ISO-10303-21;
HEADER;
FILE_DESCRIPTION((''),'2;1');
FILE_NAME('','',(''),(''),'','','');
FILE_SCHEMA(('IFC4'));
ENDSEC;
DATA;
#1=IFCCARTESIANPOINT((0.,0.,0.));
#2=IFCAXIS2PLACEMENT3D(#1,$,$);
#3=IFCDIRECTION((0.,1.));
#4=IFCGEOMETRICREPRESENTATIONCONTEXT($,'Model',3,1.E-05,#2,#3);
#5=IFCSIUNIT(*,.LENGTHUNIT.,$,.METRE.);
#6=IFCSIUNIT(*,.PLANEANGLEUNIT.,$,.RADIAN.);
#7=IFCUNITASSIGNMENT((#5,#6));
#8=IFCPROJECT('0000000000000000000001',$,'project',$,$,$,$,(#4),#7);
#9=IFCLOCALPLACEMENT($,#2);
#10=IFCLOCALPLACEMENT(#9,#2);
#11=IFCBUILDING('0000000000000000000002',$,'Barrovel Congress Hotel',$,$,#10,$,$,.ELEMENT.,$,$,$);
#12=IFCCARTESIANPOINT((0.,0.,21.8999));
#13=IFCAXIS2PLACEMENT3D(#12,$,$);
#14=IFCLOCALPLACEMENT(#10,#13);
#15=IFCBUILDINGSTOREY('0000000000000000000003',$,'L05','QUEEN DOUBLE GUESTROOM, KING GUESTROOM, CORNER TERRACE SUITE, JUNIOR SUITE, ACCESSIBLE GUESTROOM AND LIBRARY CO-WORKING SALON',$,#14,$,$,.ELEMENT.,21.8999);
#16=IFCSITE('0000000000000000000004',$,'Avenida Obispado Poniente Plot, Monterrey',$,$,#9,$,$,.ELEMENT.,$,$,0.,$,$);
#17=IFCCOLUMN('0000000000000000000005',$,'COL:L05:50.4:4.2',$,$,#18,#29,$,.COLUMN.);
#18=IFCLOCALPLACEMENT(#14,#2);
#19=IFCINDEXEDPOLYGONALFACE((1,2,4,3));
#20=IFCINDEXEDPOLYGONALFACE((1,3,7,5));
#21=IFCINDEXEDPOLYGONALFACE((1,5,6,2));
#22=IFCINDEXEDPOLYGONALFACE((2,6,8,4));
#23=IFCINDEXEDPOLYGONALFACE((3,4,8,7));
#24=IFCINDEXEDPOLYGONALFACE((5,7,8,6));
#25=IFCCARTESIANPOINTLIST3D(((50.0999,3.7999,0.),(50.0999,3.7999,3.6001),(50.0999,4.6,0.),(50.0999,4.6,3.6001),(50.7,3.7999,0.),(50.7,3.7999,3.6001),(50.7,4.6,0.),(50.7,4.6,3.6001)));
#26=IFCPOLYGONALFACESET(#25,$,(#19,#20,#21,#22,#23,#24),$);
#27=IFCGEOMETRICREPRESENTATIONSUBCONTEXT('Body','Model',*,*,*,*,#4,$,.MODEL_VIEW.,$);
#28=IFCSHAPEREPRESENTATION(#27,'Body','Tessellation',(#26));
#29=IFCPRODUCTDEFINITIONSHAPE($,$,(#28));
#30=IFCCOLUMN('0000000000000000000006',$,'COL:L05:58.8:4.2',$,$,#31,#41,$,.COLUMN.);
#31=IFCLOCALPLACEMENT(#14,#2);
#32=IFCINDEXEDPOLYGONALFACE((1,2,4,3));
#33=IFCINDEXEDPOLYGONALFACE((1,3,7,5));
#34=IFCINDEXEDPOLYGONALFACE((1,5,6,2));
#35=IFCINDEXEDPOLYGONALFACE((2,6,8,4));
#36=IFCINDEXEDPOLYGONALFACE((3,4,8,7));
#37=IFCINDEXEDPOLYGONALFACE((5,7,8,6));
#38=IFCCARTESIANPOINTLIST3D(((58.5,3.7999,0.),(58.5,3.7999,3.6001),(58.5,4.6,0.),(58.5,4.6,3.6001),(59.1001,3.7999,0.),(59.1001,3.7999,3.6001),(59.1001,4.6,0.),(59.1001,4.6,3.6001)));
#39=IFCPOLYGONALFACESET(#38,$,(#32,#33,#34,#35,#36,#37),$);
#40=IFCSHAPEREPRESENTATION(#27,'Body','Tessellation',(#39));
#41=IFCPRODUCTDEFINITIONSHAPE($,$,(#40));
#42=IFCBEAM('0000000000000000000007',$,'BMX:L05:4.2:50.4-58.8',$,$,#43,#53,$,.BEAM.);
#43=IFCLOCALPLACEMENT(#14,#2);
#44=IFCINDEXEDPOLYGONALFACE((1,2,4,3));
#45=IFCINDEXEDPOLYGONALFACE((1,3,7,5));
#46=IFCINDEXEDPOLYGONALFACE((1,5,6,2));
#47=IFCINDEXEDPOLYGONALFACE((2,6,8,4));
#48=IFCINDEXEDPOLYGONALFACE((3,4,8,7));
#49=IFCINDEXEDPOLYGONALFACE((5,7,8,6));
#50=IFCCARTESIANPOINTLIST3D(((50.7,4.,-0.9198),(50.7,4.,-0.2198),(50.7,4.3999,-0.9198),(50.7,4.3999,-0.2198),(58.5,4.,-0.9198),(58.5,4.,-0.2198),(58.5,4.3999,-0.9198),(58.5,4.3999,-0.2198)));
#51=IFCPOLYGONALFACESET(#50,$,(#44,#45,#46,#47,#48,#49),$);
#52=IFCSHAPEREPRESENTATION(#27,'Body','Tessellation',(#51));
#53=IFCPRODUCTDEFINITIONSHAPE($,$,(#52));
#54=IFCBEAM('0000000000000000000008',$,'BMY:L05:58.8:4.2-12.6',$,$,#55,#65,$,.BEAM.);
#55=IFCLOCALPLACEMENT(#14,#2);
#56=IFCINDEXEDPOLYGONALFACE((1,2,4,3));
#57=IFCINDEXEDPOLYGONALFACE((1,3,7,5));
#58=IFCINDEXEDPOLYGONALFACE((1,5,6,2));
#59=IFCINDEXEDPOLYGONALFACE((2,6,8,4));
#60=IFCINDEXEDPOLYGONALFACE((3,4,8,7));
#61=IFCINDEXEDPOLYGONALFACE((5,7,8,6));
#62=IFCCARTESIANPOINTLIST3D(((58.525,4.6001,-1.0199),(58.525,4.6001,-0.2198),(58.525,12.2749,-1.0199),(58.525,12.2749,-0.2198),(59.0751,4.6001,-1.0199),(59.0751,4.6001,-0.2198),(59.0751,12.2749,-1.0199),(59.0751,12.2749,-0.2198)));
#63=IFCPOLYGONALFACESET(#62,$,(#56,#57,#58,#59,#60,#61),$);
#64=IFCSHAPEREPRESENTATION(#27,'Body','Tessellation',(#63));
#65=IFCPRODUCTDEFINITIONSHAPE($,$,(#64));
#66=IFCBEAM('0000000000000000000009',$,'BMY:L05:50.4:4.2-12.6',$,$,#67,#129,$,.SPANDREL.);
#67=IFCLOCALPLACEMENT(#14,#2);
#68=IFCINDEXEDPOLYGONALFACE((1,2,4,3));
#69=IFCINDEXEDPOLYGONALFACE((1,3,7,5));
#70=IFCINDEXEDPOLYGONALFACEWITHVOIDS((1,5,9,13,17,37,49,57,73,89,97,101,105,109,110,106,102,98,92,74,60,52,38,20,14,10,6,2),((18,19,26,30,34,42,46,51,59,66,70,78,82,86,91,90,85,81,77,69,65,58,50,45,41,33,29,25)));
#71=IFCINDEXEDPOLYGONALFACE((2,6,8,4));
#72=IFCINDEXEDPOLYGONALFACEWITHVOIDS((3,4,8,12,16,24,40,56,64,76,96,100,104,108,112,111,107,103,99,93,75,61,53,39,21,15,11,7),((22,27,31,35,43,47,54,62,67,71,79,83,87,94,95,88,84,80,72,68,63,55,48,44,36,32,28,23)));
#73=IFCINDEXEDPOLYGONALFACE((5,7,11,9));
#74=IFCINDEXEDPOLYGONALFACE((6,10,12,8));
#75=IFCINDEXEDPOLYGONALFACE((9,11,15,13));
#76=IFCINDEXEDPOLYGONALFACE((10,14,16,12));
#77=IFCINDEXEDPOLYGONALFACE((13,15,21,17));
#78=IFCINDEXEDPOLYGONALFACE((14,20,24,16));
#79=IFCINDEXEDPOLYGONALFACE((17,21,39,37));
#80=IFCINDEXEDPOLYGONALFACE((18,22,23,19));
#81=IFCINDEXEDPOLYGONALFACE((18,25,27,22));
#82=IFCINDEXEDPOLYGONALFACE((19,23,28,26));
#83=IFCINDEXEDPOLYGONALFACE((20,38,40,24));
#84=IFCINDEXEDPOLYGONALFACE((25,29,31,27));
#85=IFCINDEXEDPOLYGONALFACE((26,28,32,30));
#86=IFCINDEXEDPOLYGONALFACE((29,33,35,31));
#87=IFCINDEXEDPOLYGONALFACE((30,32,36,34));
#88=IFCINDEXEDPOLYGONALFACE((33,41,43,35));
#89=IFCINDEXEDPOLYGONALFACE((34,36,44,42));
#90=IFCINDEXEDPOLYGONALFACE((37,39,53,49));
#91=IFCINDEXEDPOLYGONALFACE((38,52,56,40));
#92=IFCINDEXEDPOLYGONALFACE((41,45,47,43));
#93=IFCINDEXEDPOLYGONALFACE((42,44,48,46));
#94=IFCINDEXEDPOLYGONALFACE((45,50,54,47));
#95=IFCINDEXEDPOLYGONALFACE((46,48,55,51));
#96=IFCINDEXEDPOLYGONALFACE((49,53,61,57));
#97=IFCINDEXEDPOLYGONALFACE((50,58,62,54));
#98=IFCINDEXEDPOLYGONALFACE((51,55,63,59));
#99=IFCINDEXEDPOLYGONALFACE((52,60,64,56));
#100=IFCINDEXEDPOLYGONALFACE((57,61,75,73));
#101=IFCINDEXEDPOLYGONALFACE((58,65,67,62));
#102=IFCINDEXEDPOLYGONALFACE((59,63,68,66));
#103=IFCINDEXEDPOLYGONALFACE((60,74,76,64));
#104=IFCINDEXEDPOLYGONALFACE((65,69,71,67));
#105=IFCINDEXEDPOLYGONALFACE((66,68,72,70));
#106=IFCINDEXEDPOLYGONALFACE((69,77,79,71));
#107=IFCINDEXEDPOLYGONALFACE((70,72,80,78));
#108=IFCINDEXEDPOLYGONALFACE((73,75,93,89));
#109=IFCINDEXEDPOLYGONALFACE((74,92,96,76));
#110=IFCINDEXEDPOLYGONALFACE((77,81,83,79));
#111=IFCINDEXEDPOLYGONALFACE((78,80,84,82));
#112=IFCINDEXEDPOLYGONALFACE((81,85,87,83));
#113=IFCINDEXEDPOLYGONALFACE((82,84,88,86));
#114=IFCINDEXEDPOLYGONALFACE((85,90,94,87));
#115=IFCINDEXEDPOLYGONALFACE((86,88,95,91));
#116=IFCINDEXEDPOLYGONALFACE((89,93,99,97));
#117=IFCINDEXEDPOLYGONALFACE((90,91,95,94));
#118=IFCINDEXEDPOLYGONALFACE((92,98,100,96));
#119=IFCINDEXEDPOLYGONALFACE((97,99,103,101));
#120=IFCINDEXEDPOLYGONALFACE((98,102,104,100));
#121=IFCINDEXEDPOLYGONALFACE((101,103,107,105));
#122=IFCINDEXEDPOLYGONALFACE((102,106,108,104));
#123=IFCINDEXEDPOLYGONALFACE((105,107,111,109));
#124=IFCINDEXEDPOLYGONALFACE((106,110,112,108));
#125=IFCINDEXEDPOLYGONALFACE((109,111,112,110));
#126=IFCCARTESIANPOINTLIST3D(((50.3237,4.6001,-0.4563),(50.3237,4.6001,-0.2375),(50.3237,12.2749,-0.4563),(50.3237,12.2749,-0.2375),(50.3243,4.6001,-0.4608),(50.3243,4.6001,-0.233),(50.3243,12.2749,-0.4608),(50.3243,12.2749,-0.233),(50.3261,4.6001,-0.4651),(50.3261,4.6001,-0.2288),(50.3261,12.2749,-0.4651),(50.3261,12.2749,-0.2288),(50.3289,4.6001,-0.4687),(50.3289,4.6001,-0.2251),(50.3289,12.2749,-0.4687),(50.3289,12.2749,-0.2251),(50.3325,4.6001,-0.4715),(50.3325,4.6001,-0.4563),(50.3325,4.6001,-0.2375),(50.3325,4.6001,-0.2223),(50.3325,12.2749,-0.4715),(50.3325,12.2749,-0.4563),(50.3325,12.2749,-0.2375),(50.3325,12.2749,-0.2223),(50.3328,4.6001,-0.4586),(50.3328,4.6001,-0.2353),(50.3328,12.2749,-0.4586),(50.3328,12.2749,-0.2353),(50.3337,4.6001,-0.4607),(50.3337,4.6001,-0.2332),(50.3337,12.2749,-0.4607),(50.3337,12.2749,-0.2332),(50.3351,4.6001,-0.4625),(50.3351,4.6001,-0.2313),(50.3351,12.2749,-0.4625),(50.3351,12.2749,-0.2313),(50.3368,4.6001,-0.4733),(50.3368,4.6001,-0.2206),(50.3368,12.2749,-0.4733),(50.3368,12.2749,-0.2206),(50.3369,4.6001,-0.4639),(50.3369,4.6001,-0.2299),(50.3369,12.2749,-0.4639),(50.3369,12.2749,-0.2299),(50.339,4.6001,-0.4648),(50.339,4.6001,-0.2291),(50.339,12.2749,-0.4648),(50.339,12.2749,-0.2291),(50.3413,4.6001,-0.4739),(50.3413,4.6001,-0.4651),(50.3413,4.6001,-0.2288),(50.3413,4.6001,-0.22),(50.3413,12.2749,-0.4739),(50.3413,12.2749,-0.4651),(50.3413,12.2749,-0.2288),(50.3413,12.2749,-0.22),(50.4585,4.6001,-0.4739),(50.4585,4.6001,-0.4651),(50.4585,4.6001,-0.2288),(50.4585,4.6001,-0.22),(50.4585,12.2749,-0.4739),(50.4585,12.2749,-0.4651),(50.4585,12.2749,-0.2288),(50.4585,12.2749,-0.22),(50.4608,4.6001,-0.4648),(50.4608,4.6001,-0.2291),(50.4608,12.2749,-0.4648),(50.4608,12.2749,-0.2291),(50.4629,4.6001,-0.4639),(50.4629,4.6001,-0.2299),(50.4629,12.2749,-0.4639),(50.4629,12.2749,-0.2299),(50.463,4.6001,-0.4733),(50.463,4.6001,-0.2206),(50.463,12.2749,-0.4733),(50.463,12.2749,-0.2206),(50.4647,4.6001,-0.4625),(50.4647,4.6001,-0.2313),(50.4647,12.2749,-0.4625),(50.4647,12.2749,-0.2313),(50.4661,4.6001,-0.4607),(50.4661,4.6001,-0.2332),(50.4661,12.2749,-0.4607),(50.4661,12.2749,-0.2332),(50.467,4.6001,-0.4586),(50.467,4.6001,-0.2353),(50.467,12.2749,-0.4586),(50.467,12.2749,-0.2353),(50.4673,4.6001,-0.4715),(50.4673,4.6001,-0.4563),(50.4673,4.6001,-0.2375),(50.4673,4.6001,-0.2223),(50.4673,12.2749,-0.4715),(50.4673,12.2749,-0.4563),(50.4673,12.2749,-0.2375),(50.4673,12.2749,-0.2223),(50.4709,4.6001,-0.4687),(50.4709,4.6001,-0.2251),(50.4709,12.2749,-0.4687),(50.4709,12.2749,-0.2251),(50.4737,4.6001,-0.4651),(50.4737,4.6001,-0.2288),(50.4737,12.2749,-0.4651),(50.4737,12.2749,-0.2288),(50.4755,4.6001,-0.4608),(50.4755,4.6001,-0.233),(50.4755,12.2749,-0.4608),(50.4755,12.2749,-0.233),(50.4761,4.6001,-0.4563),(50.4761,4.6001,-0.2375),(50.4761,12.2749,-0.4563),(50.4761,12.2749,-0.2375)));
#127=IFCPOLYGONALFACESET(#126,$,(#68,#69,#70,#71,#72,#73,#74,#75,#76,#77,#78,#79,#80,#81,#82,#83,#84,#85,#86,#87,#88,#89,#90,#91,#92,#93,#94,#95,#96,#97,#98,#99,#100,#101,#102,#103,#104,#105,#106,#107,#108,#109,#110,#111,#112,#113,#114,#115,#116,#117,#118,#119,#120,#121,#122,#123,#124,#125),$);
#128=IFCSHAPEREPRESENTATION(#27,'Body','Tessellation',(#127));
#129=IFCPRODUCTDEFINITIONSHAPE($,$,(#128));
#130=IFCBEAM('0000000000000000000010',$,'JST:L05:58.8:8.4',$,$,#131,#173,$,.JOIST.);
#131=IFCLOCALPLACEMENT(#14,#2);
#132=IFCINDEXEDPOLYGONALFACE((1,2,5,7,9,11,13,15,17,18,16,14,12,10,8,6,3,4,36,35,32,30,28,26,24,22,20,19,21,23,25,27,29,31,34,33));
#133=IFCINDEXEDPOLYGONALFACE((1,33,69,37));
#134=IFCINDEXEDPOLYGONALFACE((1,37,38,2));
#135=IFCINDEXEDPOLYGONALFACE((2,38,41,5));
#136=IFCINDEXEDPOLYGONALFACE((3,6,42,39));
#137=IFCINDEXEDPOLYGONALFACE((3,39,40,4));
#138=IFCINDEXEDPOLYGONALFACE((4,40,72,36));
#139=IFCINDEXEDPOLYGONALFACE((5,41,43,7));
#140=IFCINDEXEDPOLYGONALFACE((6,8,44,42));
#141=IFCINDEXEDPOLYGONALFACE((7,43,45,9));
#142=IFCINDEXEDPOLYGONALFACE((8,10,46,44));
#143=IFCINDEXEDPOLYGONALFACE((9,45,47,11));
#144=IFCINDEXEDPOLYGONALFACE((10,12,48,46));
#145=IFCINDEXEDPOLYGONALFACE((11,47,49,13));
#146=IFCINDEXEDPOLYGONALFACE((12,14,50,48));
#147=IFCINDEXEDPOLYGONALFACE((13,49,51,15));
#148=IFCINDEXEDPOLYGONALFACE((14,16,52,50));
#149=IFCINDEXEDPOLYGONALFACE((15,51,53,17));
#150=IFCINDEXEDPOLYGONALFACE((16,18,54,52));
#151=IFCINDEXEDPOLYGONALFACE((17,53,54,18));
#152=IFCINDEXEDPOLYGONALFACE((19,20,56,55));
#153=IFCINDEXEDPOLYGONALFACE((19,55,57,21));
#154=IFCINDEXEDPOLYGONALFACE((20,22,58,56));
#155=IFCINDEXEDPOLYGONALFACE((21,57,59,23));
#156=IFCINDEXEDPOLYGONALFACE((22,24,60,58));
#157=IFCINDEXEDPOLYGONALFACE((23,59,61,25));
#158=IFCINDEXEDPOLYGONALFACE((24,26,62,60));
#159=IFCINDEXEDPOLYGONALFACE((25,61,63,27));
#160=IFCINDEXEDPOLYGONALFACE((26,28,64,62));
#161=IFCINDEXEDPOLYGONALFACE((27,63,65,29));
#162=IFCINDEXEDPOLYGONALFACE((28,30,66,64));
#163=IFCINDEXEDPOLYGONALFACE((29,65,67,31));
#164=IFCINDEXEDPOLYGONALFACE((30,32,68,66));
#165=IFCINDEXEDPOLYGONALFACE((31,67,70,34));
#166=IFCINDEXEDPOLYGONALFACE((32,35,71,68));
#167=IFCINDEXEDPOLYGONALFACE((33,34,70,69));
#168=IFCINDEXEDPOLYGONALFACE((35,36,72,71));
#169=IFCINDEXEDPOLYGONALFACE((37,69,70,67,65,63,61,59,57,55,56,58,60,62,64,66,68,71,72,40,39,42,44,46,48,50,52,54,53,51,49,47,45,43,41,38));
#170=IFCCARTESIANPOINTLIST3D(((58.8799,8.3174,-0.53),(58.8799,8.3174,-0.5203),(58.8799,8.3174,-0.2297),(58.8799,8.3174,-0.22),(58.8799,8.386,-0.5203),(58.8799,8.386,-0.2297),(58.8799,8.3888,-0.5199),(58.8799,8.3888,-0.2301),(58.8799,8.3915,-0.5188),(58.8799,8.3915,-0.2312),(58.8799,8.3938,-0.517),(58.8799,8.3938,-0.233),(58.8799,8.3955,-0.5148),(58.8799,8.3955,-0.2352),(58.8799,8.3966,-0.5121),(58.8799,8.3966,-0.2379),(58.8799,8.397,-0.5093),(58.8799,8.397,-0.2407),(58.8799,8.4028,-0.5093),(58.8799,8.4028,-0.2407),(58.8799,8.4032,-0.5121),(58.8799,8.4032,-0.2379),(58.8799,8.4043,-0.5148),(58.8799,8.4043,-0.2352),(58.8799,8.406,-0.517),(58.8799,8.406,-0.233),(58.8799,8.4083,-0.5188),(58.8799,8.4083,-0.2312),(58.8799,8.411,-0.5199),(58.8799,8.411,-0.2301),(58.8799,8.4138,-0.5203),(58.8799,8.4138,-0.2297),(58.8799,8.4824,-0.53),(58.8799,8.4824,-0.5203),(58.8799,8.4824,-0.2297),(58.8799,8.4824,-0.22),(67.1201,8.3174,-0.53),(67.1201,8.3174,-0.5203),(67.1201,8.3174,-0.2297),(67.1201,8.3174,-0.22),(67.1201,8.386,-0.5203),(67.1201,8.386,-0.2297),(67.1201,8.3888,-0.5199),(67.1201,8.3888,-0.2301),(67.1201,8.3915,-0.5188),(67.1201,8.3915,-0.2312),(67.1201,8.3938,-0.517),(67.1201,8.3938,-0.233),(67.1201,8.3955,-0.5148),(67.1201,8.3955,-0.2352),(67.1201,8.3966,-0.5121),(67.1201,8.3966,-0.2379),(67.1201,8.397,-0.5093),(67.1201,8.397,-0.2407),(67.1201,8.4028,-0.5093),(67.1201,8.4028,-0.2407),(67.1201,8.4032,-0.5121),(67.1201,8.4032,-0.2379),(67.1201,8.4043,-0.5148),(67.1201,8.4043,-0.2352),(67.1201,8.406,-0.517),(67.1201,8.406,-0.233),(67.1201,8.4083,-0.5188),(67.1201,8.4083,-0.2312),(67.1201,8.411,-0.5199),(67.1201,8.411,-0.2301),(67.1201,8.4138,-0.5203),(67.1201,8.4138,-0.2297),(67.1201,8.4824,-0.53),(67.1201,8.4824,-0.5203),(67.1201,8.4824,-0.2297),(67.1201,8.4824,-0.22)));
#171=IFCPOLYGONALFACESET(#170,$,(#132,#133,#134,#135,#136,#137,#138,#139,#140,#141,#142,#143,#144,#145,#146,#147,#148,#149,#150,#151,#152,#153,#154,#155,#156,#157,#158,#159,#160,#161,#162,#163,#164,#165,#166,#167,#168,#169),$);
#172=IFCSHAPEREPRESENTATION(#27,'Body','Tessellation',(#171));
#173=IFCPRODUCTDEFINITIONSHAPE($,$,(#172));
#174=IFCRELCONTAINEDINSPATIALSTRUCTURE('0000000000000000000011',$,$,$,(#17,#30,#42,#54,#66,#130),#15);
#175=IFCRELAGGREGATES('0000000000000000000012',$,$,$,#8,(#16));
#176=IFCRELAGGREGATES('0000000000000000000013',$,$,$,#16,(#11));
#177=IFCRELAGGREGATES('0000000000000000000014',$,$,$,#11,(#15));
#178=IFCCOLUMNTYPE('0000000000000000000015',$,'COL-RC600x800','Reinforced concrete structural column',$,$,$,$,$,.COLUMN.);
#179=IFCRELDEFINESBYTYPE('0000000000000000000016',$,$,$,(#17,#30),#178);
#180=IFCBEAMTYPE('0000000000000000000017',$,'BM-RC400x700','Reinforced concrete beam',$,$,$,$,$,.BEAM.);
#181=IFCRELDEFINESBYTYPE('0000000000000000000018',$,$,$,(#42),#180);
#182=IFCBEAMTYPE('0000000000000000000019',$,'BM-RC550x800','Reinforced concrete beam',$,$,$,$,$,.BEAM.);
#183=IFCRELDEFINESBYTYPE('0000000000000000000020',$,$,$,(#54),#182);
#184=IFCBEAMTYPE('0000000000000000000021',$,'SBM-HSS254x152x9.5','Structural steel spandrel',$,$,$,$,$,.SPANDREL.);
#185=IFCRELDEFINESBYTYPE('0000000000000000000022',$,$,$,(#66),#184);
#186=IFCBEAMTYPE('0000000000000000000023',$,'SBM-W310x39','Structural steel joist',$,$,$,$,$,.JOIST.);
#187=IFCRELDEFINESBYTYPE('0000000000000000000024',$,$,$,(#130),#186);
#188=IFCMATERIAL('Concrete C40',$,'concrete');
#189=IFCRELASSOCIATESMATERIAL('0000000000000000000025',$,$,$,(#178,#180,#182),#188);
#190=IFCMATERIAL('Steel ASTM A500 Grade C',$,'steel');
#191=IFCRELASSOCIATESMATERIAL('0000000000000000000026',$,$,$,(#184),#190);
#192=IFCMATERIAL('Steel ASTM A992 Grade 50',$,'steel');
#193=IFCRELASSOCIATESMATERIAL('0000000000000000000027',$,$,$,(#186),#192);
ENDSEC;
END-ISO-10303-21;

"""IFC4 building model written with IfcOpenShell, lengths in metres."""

from ifc_helpers import new_model, si_unit, direction, frame, origin, origin_2d, place, context, subcontext, project, spatial, rectangle, hollow_rectangle, i_section, extrude, material, material_profile, profile_set, type_object, element, save


model = new_model("IFC4")

# Units and contexts
model_context = context("Model", 3, precision=1e-05, world=origin(), true_north=direction((0.0, 1.0)))
body_context = subcontext(model_context, "Body", "Model", "MODEL_VIEW")
ifc_project = project(units=[si_unit("LENGTHUNIT", "METRE"), si_unit("PLANEANGLEUNIT", "RADIAN")], contexts=[model_context])

# Site, building, storey
site_placement = place(None, origin())
site = spatial("IfcSite", under=ifc_project, at=site_placement, Name="Avenida Obispado Poniente Plot, Monterrey", CompositionType="ELEMENT", RefElevation=0.0)
building_placement = place(site_placement, origin())
building = spatial("IfcBuilding", under=site, at=building_placement, Name="Barrovel Congress Hotel", CompositionType="ELEMENT")
storey_placement = place(building_placement, frame((0.0, 0.0, 21.8999)))
storey = spatial("IfcBuildingStorey", under=building, at=storey_placement, Name="L05", Description="QUEEN DOUBLE GUESTROOM, KING GUESTROOM, CORNER TERRACE SUITE, JUNIOR SUITE, ACCESSIBLE GUESTROOM AND LIBRARY CO-WORKING SALON", CompositionType="ELEMENT", Elevation=21.8999)

# Columns
ifc_material_1 = material(Name="Concrete C40", Category="concrete")
ifc_material_profile_1 = material_profile(ifc_material_1, rectangle(XDim=0.6001, YDim=0.8, at=origin_2d()), Name="RC600x800")
ifc_profile_set_1 = profile_set([ifc_material_profile_1], Name="Concrete C40")
column_type = type_object("IfcColumnType", Name="COL-RC600x800", Description="Reinforced concrete structural column", PredefinedType="COLUMN", material=ifc_profile_set_1)
for number, where, z_axis, x_axis, name in (
    (1, (50.3999, 4.2, 0.0), (0.0, 0.0, 1.0), (1.0, 0.0, 0.0), "COL:L05:50.4:4.2"),
    (2, (58.8, 4.2, 0.0), (0.0, 0.0, 1.0), (1.0, 0.0, 0.0), "COL:L05:58.8:4.2"),
):
    element("IfcColumn", number, at=place(storey_placement, frame(where, z_axis=z_axis, x_axis=x_axis)), inside=storey, type_object=column_type, Name=name, PredefinedType="COLUMN", context=body_context, shape_type="SweptSolid", body=[
        extrude(rectangle(XDim=0.6001, YDim=0.8, at=origin_2d()), origin(), (0.0, 0.0, 1.0), 3.6001),
    ])

# Beams
ifc_material_profile_2 = material_profile(ifc_material_1, rectangle(XDim=0.3999, YDim=0.7, at=origin_2d()), Name="RC400x700")
ifc_profile_set_2 = profile_set([ifc_material_profile_2], Name="Concrete C40")
beam_type_1 = type_object("IfcBeamType", Name="BM-RC400x700", Description="Reinforced concrete beam", PredefinedType="BEAM", material=ifc_profile_set_2)
beam_1_placement = place(storey_placement, frame((50.7, 4.2, -0.5698), z_axis=(1.0, 0.0, 0.0), x_axis=(0.0, 1.0, 0.0)))
element("IfcBeam", 3, at=beam_1_placement, inside=storey, type_object=beam_type_1, Name="BMX:L05:4.2:50.4-58.8", PredefinedType="BEAM", context=body_context, shape_type="SweptSolid", body=[
    extrude(rectangle(XDim=0.3999, YDim=0.7, at=origin_2d()), origin(), (0.0, 0.0, 1.0), 7.8),
])
ifc_material_profile_3 = material_profile(ifc_material_1, rectangle(XDim=0.55, YDim=0.8, at=origin_2d()), Name="RC550x800")
ifc_profile_set_3 = profile_set([ifc_material_profile_3], Name="Concrete C40")
beam_type_2 = type_object("IfcBeamType", Name="BM-RC550x800", Description="Reinforced concrete beam", PredefinedType="BEAM", material=ifc_profile_set_3)
beam_2_placement = place(storey_placement, frame((58.8, 4.6001, -0.6199), z_axis=(0.0, 1.0, 0.0), x_axis=(-1.0, 0.0, 0.0)))
element("IfcBeam", 4, at=beam_2_placement, inside=storey, type_object=beam_type_2, Name="BMY:L05:58.8:4.2-12.6", PredefinedType="BEAM", context=body_context, shape_type="SweptSolid", body=[
    extrude(rectangle(XDim=0.55, YDim=0.8, at=origin_2d()), origin(), (0.0, 0.0, 1.0), 7.6748),
])
ifc_material_2 = material(Name="Steel ASTM A500 Grade C", Category="steel")
ifc_material_profile_4 = material_profile(ifc_material_2, hollow_rectangle(XDim=0.1523, YDim=0.2539, WallThickness=0.0088, InnerFilletRadius=0.0088, OuterFilletRadius=0.0176, at=origin_2d()), Name="HSS254x152x9.5")
ifc_profile_set_4 = profile_set([ifc_material_profile_4], Name="Steel ASTM A500 Grade C")
beam_type_3 = type_object("IfcBeamType", Name="SBM-HSS254x152x9.5", Description="Structural steel spandrel", PredefinedType="SPANDREL", material=ifc_profile_set_4)
beam_3_placement = place(storey_placement, frame((50.3999, 4.6001, -0.3469), z_axis=(0.0, 1.0, 0.0), x_axis=(-1.0, 0.0, 0.0)))
element("IfcBeam", 5, at=beam_3_placement, inside=storey, type_object=beam_type_3, Name="BMY:L05:50.4:4.2-12.6", PredefinedType="SPANDREL", context=body_context, shape_type="SweptSolid", body=[
    extrude(hollow_rectangle(XDim=0.1523, YDim=0.2539, WallThickness=0.0088, InnerFilletRadius=0.0088, OuterFilletRadius=0.0176, at=origin_2d()), origin(), (0.0, 0.0, 1.0), 7.6748),
])
ifc_material_3 = material(Name="Steel ASTM A992 Grade 50", Category="steel")
ifc_material_profile_5 = material_profile(ifc_material_3, i_section(OverallWidth=0.165, OverallDepth=0.3101, WebThickness=0.0059, FlangeThickness=0.0098, FilletRadius=0.011, at=origin_2d()), Name="W310x39")
ifc_profile_set_5 = profile_set([ifc_material_profile_5], Name="Steel ASTM A992 Grade 50")
beam_type_4 = type_object("IfcBeamType", Name="SBM-W310x39", Description="Structural steel joist", PredefinedType="JOIST", material=ifc_profile_set_5)
beam_4_placement = place(storey_placement, frame((58.8799, 8.3999, -0.375), z_axis=(1.0, 0.0, 0.0), x_axis=(0.0, 1.0, 0.0)))
element("IfcBeam", 6, at=beam_4_placement, inside=storey, type_object=beam_type_4, Name="JST:L05:58.8:8.4", PredefinedType="JOIST", context=body_context, shape_type="SweptSolid", body=[
    extrude(i_section(OverallWidth=0.165, OverallDepth=0.3101, WebThickness=0.0059, FlangeThickness=0.0098, FilletRadius=0.011, at=origin_2d()), origin(), (0.0, 0.0, 1.0), 8.2402),
])

save(model, "model.ifc")
